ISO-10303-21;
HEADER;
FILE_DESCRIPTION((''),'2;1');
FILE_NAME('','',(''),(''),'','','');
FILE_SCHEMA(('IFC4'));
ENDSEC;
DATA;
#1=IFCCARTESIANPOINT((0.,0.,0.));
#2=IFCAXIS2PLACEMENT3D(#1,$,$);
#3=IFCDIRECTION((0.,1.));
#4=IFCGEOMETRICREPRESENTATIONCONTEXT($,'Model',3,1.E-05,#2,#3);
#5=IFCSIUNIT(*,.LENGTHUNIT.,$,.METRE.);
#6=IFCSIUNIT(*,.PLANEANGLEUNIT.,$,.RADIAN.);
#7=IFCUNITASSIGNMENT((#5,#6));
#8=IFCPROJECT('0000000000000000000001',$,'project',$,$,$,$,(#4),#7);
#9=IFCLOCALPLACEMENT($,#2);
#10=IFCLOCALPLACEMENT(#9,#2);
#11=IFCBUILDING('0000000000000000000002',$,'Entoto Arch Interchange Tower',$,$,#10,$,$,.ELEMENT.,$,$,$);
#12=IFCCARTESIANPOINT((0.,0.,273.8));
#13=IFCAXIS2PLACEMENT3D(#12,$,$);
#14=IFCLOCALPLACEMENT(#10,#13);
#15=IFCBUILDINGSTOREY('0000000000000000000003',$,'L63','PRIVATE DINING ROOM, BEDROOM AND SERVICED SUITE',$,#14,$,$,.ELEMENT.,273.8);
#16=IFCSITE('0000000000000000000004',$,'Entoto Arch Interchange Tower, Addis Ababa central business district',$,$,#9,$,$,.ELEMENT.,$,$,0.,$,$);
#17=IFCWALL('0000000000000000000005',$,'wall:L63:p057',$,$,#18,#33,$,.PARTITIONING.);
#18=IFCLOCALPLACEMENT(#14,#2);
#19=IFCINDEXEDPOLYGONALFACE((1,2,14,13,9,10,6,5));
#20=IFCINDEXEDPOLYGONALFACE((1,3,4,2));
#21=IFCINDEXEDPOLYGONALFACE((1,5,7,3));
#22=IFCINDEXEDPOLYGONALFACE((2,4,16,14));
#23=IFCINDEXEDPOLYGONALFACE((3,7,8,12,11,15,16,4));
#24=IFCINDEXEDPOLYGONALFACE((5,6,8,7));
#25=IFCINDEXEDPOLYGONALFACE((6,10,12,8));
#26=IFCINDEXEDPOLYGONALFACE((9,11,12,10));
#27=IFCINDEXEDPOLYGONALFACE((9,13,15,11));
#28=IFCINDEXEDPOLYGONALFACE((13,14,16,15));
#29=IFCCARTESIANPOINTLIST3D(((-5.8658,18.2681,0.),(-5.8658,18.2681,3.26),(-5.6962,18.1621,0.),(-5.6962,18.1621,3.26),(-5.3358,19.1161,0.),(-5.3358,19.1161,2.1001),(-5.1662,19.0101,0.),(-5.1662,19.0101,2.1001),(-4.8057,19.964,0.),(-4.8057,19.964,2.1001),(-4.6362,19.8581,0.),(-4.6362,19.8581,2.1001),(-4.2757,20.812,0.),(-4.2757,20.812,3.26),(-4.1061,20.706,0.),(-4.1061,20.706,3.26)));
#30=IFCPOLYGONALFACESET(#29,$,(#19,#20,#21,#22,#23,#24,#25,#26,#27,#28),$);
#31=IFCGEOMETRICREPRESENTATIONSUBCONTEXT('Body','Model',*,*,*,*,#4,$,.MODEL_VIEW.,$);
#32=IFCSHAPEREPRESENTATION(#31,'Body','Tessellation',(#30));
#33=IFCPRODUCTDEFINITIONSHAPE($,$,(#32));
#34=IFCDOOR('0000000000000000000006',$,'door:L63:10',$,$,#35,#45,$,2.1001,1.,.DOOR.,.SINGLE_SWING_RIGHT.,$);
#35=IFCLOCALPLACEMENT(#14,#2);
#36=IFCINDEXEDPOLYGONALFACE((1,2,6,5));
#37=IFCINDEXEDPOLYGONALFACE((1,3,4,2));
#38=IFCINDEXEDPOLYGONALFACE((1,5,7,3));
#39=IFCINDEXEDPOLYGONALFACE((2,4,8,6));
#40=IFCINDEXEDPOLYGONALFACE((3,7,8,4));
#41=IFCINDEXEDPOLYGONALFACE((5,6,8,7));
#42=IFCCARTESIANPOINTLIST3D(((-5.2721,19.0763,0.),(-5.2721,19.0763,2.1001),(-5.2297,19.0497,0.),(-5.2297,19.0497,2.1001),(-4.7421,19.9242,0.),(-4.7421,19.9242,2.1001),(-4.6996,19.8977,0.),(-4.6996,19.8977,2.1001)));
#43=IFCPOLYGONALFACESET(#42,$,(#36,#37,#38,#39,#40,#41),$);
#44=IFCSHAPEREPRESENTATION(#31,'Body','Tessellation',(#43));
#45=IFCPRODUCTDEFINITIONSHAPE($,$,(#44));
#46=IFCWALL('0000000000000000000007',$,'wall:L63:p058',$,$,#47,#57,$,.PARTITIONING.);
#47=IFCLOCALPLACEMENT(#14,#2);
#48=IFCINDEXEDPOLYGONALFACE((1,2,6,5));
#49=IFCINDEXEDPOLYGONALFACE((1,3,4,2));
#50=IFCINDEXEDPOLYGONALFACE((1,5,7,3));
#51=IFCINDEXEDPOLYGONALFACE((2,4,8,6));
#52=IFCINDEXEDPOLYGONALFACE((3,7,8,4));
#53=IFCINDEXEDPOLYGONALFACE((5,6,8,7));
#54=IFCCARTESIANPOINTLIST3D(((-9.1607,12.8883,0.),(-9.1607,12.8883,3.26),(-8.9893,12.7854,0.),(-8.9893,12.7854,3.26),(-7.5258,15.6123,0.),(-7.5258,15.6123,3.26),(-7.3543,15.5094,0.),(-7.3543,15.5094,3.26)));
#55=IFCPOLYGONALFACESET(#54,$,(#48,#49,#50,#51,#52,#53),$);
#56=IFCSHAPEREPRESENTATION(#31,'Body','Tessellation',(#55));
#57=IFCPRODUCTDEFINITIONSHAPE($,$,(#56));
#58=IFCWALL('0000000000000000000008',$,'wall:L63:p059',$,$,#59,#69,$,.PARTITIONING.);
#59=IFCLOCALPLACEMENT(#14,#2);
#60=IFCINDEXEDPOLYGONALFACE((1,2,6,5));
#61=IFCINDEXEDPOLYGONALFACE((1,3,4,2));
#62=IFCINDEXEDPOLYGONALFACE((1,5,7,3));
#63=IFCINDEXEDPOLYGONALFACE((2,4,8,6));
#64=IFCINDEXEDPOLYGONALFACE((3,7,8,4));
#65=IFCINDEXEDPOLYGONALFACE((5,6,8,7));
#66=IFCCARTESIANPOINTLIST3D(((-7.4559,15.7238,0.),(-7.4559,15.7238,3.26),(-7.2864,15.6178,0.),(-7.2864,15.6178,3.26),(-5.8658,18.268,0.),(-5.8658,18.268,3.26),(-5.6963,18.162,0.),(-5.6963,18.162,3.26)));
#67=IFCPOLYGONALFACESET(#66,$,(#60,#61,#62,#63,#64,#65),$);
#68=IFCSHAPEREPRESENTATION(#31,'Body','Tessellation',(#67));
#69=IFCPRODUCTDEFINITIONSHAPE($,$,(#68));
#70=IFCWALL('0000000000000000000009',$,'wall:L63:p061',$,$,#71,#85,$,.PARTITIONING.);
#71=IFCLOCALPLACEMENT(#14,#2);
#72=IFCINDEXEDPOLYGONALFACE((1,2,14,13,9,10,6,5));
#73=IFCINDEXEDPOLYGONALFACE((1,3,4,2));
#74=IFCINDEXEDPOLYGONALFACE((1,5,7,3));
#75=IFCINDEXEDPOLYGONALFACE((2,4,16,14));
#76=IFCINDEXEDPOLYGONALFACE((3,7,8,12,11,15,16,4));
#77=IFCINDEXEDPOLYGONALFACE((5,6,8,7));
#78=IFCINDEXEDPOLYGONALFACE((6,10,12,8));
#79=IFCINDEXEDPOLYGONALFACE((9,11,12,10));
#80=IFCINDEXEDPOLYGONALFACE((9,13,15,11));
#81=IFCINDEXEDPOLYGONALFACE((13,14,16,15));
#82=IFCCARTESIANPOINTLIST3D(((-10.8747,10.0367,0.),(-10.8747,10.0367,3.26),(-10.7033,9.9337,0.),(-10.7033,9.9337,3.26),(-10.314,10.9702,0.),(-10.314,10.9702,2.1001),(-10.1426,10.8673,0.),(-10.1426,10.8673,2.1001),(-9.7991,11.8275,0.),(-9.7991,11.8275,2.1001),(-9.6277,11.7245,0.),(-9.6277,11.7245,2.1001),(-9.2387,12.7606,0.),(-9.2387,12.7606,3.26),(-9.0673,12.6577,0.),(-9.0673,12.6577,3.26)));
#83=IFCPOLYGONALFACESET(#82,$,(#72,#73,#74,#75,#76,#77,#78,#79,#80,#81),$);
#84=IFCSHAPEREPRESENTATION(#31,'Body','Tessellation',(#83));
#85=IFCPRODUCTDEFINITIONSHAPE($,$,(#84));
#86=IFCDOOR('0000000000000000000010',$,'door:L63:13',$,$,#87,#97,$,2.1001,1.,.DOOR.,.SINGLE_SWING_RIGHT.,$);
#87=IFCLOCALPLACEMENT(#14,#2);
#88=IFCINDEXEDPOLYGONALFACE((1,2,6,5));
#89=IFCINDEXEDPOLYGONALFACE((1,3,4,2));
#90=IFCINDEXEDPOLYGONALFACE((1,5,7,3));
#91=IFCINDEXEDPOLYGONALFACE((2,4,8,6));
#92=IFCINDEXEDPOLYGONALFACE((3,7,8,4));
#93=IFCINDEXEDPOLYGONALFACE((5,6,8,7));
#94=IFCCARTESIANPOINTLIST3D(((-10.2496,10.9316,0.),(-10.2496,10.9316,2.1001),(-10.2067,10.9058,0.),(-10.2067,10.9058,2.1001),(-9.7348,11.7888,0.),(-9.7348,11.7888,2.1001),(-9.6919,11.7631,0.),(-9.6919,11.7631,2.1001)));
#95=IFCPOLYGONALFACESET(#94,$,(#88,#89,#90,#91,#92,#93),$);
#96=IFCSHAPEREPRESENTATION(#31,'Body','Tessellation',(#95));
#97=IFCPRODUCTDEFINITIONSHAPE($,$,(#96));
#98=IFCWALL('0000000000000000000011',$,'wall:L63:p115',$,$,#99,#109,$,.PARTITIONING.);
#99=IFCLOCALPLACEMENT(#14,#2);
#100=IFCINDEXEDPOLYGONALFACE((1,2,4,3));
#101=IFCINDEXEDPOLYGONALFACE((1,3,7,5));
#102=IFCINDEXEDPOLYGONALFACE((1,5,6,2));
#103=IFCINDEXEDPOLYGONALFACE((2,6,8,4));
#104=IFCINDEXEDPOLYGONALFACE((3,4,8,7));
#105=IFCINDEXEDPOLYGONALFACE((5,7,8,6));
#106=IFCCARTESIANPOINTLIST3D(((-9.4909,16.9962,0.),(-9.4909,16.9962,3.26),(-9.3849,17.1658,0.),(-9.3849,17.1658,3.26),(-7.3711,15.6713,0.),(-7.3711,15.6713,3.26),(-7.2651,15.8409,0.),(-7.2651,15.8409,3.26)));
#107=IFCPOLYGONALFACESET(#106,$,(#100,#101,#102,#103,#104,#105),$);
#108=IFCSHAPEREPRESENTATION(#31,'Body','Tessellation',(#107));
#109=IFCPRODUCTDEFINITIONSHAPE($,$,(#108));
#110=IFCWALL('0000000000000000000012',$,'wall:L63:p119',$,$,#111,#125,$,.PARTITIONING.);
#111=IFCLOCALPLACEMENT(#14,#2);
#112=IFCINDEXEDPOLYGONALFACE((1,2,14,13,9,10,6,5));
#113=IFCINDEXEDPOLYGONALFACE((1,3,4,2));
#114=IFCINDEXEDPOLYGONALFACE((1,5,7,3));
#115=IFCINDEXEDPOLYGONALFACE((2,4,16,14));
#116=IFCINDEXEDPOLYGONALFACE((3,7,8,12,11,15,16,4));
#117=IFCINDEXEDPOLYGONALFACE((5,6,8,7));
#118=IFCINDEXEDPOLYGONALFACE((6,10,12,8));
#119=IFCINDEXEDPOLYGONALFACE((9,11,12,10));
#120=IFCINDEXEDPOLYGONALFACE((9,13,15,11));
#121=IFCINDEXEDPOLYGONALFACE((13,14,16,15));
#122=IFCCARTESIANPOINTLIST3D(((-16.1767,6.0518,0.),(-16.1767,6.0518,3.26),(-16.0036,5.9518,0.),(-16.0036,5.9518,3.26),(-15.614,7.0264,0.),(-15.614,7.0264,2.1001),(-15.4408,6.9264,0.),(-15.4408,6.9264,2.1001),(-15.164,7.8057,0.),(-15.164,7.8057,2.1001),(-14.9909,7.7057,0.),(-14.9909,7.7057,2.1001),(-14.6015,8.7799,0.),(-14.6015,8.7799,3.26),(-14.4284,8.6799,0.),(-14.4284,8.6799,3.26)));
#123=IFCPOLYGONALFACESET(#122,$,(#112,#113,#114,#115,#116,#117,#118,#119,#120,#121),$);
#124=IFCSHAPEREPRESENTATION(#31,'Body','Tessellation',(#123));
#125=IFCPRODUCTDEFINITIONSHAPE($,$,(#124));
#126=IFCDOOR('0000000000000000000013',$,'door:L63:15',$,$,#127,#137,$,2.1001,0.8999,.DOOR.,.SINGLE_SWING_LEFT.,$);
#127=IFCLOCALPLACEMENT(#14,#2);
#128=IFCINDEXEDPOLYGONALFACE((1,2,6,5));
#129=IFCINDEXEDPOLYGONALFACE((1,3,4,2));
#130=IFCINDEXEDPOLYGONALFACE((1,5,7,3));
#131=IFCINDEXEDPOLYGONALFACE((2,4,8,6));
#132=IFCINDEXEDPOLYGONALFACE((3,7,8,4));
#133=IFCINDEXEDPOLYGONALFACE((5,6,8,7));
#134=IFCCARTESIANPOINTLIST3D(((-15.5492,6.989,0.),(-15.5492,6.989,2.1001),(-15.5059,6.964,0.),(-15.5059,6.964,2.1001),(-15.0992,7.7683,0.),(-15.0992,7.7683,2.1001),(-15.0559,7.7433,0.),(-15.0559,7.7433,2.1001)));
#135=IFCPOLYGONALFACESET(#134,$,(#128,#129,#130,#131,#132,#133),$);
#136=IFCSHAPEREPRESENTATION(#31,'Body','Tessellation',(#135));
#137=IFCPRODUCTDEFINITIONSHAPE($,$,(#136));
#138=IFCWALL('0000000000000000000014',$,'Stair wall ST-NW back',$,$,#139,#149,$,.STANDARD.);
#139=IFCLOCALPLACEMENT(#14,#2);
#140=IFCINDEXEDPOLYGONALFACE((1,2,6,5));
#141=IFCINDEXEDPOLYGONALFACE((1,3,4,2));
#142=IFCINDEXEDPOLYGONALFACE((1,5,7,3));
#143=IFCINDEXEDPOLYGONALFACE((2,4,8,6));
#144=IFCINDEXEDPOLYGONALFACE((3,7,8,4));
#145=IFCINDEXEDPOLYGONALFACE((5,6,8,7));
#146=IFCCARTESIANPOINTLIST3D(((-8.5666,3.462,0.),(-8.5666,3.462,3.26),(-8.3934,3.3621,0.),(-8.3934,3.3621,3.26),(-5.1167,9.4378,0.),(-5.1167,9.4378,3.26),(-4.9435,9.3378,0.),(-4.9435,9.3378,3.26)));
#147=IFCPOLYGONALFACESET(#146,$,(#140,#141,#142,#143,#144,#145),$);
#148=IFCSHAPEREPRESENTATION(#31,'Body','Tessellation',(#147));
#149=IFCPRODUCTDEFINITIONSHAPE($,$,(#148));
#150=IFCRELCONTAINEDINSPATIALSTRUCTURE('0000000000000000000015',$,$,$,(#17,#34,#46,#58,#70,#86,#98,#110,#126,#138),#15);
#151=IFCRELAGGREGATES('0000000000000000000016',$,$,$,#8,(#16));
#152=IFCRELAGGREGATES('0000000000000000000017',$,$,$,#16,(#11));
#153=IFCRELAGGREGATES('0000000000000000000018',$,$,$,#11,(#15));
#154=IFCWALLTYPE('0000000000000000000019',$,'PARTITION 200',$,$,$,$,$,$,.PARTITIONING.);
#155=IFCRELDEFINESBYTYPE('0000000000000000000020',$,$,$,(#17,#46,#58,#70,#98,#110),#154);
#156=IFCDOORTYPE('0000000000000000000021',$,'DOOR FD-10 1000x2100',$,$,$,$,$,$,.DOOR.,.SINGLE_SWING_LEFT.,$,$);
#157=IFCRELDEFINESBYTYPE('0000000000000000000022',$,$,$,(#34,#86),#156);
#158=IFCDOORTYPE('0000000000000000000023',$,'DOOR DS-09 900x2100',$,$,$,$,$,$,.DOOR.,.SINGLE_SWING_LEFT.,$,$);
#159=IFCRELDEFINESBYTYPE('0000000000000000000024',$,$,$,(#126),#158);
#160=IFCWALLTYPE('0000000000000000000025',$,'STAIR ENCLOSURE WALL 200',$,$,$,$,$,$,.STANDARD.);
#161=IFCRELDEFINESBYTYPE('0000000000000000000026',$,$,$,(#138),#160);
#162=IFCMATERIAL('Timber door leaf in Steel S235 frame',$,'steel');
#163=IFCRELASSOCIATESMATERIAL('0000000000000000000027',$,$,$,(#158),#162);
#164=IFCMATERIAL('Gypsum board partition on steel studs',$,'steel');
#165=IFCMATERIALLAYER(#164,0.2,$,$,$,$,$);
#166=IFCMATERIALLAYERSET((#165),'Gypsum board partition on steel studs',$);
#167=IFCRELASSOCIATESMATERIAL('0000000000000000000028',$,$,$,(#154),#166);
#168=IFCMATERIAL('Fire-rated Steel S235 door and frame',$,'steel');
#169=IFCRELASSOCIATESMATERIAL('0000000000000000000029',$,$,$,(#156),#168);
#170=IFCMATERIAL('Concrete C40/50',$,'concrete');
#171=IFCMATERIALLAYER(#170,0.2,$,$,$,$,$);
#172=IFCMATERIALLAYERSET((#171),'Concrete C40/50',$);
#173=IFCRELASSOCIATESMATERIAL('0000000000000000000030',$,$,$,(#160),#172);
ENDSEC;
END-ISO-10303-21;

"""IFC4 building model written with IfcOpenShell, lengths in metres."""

from ifc_helpers import new_model, si_unit, direction, frame, frame_2d, origin, place, context, subcontext, project, spatial, rectangle, extrude, material, layer, layer_set, type_object, element, fill, save


model = new_model("IFC4")

# Units and contexts
model_context = context("Model", 3, precision=1e-05, world=origin(), true_north=direction((0.0, 1.0)))
body_context = subcontext(model_context, "Body", "Model", "MODEL_VIEW")
ifc_project = project(units=[si_unit("LENGTHUNIT", "METRE"), si_unit("PLANEANGLEUNIT", "RADIAN")], contexts=[model_context])

# Site, building, storey
site_placement = place(None, origin())
site = spatial("IfcSite", under=ifc_project, at=site_placement, Name="Entoto Arch Interchange Tower, Addis Ababa central business district", CompositionType="ELEMENT", RefElevation=0.0)
building_placement = place(site_placement, origin())
building = spatial("IfcBuilding", under=site, at=building_placement, Name="Entoto Arch Interchange Tower", CompositionType="ELEMENT")
storey_placement = place(building_placement, frame((0.0, 0.0, 273.8)))
storey = spatial("IfcBuildingStorey", under=building, at=storey_placement, Name="L63", Description="PRIVATE DINING ROOM, BEDROOM AND SERVICED SUITE", CompositionType="ELEMENT", Elevation=273.8)

# Shared definitions
ifc_material_1 = material(Name="Concrete C40/50", Category="concrete")

# Shared definitions
ifc_material_2 = material(Name="Gypsum board partition on steel studs", Category="steel")
ifc_material_3 = material(Name="Timber door leaf in Steel S235 frame", Category="steel")
door_type_1 = type_object("IfcDoorType", Name="DOOR DS-09 900x2100", OperationType="SINGLE_SWING_LEFT", PredefinedType="DOOR", material=ifc_material_3)

# Shared definitions
ifc_layer_1 = layer(ifc_material_2, 0.2)
ifc_layer_set_1 = layer_set([ifc_layer_1], Name="Gypsum board partition on steel studs")
wall_type_1 = type_object("IfcWallType", Name="PARTITION 200", PredefinedType="PARTITIONING", material=ifc_layer_set_1)

# Wall, opening, door
wall_1_placement = place(storey_placement, frame((-5.781, 18.2151, 0.0), z_axis=(0.0, 0.0, 1.0), x_axis=(0.530028, 0.84798, 0.0)))
wall_1 = element("IfcWall", 1, at=wall_1_placement, inside=storey, type_object=wall_type_1, Name="wall:L63:p057", PredefinedType="PARTITIONING", context=body_context, shape_type="SweptSolid", body=[
    extrude(rectangle(XDim=3.0, YDim=0.2, at=frame_2d((1.5, 0.0))), origin(), (0.0, 0.0, 1.0), 3.26),
])
opening_1_placement = place(wall_1_placement, frame((1.0, 0.0, 0.0)))
opening_1 = element("IfcOpeningElement", 2, at=opening_1_placement, cuts=wall_1, PredefinedType="OPENING", context=body_context, shape_type="SweptSolid", body=[
    extrude(rectangle(XDim=1.0, YDim=2.1001, at=frame_2d((0.5, 1.05))), frame((0.0, 0.1099, 0.0), z_axis=(0.0, -1.0, 0.0), x_axis=(1.0, 0.0, 0.0)), (0.0, 0.0, 1.0), 0.22),
])
ifc_material_4 = material(Name="Fire-rated Steel S235 door and frame", Category="steel")
door_type_2 = type_object("IfcDoorType", Name="DOOR FD-10 1000x2100", OperationType="SINGLE_SWING_LEFT", PredefinedType="DOOR", material=ifc_material_4)
door_1_placement = place(opening_1_placement, origin())
door_1 = element("IfcDoor", 3, at=door_1_placement, inside=storey, type_object=door_type_2, Name="door:L63:10", OperationType="SINGLE_SWING_RIGHT", OverallHeight=2.1001, OverallWidth=1.0, PredefinedType="DOOR", context=body_context, shape_type="SweptSolid", body=[
    extrude(rectangle(XDim=1.0, YDim=2.1001, at=frame_2d((0.5, 1.05))), frame((0.0, 0.0249, 0.0), z_axis=(0.0, -1.0, 0.0), x_axis=(1.0, 0.0, 0.0)), (0.0, 0.0, 1.0), 0.05),
])
fill(opening_1, door_1)

# Walls
wall_2_placement = place(storey_placement, frame((-9.075, 12.8369, 0.0), z_axis=(0.0, 0.0, 1.0), x_axis=(0.51462, 0.857418, 0.0)))
element("IfcWall", 4, at=wall_2_placement, inside=storey, type_object=wall_type_1, Name="wall:L63:p058", PredefinedType="PARTITIONING", context=body_context, shape_type="SweptSolid", body=[
    extrude(rectangle(XDim=3.177, YDim=0.2, at=frame_2d((1.5884, 0.0))), origin(), (0.0, 0.0, 1.0), 3.26),
])
wall_3_placement = place(storey_placement, frame((-7.3711, 15.6709, 0.0), z_axis=(0.0, 0.0, 1.0), x_axis=(0.529992, 0.848003, 0.0)))
element("IfcWall", 5, at=wall_3_placement, inside=storey, type_object=wall_type_1, Name="wall:L63:p059", PredefinedType="PARTITIONING", context=body_context, shape_type="SweptSolid", body=[
    extrude(rectangle(XDim=3.0002, YDim=0.2, at=frame_2d((1.5, 0.0))), origin(), (0.0, 0.0, 1.0), 3.26),
])

# Wall, opening, door
wall_4_placement = place(storey_placement, frame((-10.7891, 9.9851, 0.0), z_axis=(0.0, 0.0, 1.0), x_axis=(0.51488, 0.857262, 0.0)))
wall_4 = element("IfcWall", 6, at=wall_4_placement, inside=storey, type_object=wall_type_1, Name="wall:L63:p061", PredefinedType="PARTITIONING", context=body_context, shape_type="SweptSolid", body=[
    extrude(rectangle(XDim=3.1775, YDim=0.2, at=frame_2d((1.5889, 0.0))), origin(), (0.0, 0.0, 1.0), 3.26),
])
opening_2_placement = place(wall_4_placement, frame((1.0891, 0.0, 0.0)))
opening_2 = element("IfcOpeningElement", 7, at=opening_2_placement, cuts=wall_4, PredefinedType="OPENING", context=body_context, shape_type="SweptSolid", body=[
    extrude(rectangle(XDim=1.0, YDim=2.1001, at=frame_2d((0.5, 1.05))), frame((0.0, 0.1099, 0.0), z_axis=(0.0, -1.0, 0.0), x_axis=(1.0, 0.0, 0.0)), (0.0, 0.0, 1.0), 0.22),
])
door_2_placement = place(opening_2_placement, origin())
door_2 = element("IfcDoor", 8, at=door_2_placement, inside=storey, type_object=door_type_2, Name="door:L63:13", OperationType="SINGLE_SWING_RIGHT", OverallHeight=2.1001, OverallWidth=1.0, PredefinedType="DOOR", context=body_context, shape_type="SweptSolid", body=[
    extrude(rectangle(XDim=1.0, YDim=2.1001, at=frame_2d((0.5, 1.05))), frame((0.0, 0.0249, 0.0), z_axis=(0.0, -1.0, 0.0), x_axis=(1.0, 0.0, 0.0)), (0.0, 0.0, 1.0), 0.05),
])
fill(opening_2, door_2)

# Wall
wall_5_placement = place(storey_placement, frame((-9.438, 17.0811, 0.0), z_axis=(0.0, 0.0, 1.0), x_axis=(0.847993, -0.530008, 0.0)))
element("IfcWall", 9, at=wall_5_placement, inside=storey, type_object=wall_type_1, Name="wall:L63:p115", PredefinedType="PARTITIONING", context=body_context, shape_type="SweptSolid", body=[
    extrude(rectangle(XDim=2.4998, YDim=0.2, at=frame_2d((1.25, 0.0))), origin(), (0.0, 0.0, 1.0), 3.26),
])

# Wall, opening, door
wall_6_placement = place(storey_placement, frame((-14.5149, 8.73, 0.0), z_axis=(0.0, 0.0, 1.0), x_axis=(-0.50004, -0.866002, 0.0)))
wall_6 = element("IfcWall", 10, at=wall_6_placement, inside=storey, type_object=wall_type_1, Name="wall:L63:p119", PredefinedType="PARTITIONING", context=body_context, shape_type="SweptSolid", body=[
    extrude(rectangle(XDim=3.1501, YDim=0.2, at=frame_2d((1.5752, 0.0))), origin(), (0.0, 0.0, 1.0), 3.26),
])
opening_3_placement = place(wall_6_placement, frame((1.125, 0.0, 0.0)))
opening_3 = element("IfcOpeningElement", 11, at=opening_3_placement, cuts=wall_6, PredefinedType="OPENING", context=body_context, shape_type="SweptSolid", body=[
    extrude(rectangle(XDim=0.8999, YDim=2.1001, at=frame_2d((0.45, 1.05))), frame((0.0, 0.1099, 0.0), z_axis=(0.0, -1.0, 0.0), x_axis=(1.0, 0.0, 0.0)), (0.0, 0.0, 1.0), 0.22),
])
door_3_placement = place(opening_3_placement, origin())
door_3 = element("IfcDoor", 12, at=door_3_placement, inside=storey, type_object=door_type_1, Name="door:L63:15", OperationType="SINGLE_SWING_LEFT", OverallHeight=2.1001, OverallWidth=0.8999, PredefinedType="DOOR", context=body_context, shape_type="SweptSolid", body=[
    extrude(rectangle(XDim=0.8999, YDim=2.1001, at=frame_2d((0.45, 1.05))), frame((0.0, 0.0249, 0.0), z_axis=(0.0, -1.0, 0.0), x_axis=(1.0, 0.0, 0.0)), (0.0, 0.0, 1.0), 0.05),
])
fill(opening_3, door_3)

# Wall
ifc_layer_2 = layer(ifc_material_1, 0.2)
ifc_layer_set_2 = layer_set([ifc_layer_2], Name="Concrete C40/50")
wall_type_2 = type_object("IfcWallType", Name="STAIR ENCLOSURE WALL 200", PredefinedType="STANDARD", material=ifc_layer_set_2)
wall_7_placement = place(storey_placement, frame((-5.03, 9.3879, 0.0), z_axis=(0.0, 0.0, 1.0), x_axis=(-0.499979, -0.866038, 0.0)))
element("IfcWall", 13, at=wall_7_placement, inside=storey, type_object=wall_type_2, Name="Stair wall ST-NW back", PredefinedType="STANDARD", context=body_context, shape_type="SweptSolid", body=[
    extrude(rectangle(XDim=6.9001, YDim=0.2, at=frame_2d((3.4502, 0.0))), origin(), (0.0, 0.0, 1.0), 3.26),
])

save(model, "model.ifc")
